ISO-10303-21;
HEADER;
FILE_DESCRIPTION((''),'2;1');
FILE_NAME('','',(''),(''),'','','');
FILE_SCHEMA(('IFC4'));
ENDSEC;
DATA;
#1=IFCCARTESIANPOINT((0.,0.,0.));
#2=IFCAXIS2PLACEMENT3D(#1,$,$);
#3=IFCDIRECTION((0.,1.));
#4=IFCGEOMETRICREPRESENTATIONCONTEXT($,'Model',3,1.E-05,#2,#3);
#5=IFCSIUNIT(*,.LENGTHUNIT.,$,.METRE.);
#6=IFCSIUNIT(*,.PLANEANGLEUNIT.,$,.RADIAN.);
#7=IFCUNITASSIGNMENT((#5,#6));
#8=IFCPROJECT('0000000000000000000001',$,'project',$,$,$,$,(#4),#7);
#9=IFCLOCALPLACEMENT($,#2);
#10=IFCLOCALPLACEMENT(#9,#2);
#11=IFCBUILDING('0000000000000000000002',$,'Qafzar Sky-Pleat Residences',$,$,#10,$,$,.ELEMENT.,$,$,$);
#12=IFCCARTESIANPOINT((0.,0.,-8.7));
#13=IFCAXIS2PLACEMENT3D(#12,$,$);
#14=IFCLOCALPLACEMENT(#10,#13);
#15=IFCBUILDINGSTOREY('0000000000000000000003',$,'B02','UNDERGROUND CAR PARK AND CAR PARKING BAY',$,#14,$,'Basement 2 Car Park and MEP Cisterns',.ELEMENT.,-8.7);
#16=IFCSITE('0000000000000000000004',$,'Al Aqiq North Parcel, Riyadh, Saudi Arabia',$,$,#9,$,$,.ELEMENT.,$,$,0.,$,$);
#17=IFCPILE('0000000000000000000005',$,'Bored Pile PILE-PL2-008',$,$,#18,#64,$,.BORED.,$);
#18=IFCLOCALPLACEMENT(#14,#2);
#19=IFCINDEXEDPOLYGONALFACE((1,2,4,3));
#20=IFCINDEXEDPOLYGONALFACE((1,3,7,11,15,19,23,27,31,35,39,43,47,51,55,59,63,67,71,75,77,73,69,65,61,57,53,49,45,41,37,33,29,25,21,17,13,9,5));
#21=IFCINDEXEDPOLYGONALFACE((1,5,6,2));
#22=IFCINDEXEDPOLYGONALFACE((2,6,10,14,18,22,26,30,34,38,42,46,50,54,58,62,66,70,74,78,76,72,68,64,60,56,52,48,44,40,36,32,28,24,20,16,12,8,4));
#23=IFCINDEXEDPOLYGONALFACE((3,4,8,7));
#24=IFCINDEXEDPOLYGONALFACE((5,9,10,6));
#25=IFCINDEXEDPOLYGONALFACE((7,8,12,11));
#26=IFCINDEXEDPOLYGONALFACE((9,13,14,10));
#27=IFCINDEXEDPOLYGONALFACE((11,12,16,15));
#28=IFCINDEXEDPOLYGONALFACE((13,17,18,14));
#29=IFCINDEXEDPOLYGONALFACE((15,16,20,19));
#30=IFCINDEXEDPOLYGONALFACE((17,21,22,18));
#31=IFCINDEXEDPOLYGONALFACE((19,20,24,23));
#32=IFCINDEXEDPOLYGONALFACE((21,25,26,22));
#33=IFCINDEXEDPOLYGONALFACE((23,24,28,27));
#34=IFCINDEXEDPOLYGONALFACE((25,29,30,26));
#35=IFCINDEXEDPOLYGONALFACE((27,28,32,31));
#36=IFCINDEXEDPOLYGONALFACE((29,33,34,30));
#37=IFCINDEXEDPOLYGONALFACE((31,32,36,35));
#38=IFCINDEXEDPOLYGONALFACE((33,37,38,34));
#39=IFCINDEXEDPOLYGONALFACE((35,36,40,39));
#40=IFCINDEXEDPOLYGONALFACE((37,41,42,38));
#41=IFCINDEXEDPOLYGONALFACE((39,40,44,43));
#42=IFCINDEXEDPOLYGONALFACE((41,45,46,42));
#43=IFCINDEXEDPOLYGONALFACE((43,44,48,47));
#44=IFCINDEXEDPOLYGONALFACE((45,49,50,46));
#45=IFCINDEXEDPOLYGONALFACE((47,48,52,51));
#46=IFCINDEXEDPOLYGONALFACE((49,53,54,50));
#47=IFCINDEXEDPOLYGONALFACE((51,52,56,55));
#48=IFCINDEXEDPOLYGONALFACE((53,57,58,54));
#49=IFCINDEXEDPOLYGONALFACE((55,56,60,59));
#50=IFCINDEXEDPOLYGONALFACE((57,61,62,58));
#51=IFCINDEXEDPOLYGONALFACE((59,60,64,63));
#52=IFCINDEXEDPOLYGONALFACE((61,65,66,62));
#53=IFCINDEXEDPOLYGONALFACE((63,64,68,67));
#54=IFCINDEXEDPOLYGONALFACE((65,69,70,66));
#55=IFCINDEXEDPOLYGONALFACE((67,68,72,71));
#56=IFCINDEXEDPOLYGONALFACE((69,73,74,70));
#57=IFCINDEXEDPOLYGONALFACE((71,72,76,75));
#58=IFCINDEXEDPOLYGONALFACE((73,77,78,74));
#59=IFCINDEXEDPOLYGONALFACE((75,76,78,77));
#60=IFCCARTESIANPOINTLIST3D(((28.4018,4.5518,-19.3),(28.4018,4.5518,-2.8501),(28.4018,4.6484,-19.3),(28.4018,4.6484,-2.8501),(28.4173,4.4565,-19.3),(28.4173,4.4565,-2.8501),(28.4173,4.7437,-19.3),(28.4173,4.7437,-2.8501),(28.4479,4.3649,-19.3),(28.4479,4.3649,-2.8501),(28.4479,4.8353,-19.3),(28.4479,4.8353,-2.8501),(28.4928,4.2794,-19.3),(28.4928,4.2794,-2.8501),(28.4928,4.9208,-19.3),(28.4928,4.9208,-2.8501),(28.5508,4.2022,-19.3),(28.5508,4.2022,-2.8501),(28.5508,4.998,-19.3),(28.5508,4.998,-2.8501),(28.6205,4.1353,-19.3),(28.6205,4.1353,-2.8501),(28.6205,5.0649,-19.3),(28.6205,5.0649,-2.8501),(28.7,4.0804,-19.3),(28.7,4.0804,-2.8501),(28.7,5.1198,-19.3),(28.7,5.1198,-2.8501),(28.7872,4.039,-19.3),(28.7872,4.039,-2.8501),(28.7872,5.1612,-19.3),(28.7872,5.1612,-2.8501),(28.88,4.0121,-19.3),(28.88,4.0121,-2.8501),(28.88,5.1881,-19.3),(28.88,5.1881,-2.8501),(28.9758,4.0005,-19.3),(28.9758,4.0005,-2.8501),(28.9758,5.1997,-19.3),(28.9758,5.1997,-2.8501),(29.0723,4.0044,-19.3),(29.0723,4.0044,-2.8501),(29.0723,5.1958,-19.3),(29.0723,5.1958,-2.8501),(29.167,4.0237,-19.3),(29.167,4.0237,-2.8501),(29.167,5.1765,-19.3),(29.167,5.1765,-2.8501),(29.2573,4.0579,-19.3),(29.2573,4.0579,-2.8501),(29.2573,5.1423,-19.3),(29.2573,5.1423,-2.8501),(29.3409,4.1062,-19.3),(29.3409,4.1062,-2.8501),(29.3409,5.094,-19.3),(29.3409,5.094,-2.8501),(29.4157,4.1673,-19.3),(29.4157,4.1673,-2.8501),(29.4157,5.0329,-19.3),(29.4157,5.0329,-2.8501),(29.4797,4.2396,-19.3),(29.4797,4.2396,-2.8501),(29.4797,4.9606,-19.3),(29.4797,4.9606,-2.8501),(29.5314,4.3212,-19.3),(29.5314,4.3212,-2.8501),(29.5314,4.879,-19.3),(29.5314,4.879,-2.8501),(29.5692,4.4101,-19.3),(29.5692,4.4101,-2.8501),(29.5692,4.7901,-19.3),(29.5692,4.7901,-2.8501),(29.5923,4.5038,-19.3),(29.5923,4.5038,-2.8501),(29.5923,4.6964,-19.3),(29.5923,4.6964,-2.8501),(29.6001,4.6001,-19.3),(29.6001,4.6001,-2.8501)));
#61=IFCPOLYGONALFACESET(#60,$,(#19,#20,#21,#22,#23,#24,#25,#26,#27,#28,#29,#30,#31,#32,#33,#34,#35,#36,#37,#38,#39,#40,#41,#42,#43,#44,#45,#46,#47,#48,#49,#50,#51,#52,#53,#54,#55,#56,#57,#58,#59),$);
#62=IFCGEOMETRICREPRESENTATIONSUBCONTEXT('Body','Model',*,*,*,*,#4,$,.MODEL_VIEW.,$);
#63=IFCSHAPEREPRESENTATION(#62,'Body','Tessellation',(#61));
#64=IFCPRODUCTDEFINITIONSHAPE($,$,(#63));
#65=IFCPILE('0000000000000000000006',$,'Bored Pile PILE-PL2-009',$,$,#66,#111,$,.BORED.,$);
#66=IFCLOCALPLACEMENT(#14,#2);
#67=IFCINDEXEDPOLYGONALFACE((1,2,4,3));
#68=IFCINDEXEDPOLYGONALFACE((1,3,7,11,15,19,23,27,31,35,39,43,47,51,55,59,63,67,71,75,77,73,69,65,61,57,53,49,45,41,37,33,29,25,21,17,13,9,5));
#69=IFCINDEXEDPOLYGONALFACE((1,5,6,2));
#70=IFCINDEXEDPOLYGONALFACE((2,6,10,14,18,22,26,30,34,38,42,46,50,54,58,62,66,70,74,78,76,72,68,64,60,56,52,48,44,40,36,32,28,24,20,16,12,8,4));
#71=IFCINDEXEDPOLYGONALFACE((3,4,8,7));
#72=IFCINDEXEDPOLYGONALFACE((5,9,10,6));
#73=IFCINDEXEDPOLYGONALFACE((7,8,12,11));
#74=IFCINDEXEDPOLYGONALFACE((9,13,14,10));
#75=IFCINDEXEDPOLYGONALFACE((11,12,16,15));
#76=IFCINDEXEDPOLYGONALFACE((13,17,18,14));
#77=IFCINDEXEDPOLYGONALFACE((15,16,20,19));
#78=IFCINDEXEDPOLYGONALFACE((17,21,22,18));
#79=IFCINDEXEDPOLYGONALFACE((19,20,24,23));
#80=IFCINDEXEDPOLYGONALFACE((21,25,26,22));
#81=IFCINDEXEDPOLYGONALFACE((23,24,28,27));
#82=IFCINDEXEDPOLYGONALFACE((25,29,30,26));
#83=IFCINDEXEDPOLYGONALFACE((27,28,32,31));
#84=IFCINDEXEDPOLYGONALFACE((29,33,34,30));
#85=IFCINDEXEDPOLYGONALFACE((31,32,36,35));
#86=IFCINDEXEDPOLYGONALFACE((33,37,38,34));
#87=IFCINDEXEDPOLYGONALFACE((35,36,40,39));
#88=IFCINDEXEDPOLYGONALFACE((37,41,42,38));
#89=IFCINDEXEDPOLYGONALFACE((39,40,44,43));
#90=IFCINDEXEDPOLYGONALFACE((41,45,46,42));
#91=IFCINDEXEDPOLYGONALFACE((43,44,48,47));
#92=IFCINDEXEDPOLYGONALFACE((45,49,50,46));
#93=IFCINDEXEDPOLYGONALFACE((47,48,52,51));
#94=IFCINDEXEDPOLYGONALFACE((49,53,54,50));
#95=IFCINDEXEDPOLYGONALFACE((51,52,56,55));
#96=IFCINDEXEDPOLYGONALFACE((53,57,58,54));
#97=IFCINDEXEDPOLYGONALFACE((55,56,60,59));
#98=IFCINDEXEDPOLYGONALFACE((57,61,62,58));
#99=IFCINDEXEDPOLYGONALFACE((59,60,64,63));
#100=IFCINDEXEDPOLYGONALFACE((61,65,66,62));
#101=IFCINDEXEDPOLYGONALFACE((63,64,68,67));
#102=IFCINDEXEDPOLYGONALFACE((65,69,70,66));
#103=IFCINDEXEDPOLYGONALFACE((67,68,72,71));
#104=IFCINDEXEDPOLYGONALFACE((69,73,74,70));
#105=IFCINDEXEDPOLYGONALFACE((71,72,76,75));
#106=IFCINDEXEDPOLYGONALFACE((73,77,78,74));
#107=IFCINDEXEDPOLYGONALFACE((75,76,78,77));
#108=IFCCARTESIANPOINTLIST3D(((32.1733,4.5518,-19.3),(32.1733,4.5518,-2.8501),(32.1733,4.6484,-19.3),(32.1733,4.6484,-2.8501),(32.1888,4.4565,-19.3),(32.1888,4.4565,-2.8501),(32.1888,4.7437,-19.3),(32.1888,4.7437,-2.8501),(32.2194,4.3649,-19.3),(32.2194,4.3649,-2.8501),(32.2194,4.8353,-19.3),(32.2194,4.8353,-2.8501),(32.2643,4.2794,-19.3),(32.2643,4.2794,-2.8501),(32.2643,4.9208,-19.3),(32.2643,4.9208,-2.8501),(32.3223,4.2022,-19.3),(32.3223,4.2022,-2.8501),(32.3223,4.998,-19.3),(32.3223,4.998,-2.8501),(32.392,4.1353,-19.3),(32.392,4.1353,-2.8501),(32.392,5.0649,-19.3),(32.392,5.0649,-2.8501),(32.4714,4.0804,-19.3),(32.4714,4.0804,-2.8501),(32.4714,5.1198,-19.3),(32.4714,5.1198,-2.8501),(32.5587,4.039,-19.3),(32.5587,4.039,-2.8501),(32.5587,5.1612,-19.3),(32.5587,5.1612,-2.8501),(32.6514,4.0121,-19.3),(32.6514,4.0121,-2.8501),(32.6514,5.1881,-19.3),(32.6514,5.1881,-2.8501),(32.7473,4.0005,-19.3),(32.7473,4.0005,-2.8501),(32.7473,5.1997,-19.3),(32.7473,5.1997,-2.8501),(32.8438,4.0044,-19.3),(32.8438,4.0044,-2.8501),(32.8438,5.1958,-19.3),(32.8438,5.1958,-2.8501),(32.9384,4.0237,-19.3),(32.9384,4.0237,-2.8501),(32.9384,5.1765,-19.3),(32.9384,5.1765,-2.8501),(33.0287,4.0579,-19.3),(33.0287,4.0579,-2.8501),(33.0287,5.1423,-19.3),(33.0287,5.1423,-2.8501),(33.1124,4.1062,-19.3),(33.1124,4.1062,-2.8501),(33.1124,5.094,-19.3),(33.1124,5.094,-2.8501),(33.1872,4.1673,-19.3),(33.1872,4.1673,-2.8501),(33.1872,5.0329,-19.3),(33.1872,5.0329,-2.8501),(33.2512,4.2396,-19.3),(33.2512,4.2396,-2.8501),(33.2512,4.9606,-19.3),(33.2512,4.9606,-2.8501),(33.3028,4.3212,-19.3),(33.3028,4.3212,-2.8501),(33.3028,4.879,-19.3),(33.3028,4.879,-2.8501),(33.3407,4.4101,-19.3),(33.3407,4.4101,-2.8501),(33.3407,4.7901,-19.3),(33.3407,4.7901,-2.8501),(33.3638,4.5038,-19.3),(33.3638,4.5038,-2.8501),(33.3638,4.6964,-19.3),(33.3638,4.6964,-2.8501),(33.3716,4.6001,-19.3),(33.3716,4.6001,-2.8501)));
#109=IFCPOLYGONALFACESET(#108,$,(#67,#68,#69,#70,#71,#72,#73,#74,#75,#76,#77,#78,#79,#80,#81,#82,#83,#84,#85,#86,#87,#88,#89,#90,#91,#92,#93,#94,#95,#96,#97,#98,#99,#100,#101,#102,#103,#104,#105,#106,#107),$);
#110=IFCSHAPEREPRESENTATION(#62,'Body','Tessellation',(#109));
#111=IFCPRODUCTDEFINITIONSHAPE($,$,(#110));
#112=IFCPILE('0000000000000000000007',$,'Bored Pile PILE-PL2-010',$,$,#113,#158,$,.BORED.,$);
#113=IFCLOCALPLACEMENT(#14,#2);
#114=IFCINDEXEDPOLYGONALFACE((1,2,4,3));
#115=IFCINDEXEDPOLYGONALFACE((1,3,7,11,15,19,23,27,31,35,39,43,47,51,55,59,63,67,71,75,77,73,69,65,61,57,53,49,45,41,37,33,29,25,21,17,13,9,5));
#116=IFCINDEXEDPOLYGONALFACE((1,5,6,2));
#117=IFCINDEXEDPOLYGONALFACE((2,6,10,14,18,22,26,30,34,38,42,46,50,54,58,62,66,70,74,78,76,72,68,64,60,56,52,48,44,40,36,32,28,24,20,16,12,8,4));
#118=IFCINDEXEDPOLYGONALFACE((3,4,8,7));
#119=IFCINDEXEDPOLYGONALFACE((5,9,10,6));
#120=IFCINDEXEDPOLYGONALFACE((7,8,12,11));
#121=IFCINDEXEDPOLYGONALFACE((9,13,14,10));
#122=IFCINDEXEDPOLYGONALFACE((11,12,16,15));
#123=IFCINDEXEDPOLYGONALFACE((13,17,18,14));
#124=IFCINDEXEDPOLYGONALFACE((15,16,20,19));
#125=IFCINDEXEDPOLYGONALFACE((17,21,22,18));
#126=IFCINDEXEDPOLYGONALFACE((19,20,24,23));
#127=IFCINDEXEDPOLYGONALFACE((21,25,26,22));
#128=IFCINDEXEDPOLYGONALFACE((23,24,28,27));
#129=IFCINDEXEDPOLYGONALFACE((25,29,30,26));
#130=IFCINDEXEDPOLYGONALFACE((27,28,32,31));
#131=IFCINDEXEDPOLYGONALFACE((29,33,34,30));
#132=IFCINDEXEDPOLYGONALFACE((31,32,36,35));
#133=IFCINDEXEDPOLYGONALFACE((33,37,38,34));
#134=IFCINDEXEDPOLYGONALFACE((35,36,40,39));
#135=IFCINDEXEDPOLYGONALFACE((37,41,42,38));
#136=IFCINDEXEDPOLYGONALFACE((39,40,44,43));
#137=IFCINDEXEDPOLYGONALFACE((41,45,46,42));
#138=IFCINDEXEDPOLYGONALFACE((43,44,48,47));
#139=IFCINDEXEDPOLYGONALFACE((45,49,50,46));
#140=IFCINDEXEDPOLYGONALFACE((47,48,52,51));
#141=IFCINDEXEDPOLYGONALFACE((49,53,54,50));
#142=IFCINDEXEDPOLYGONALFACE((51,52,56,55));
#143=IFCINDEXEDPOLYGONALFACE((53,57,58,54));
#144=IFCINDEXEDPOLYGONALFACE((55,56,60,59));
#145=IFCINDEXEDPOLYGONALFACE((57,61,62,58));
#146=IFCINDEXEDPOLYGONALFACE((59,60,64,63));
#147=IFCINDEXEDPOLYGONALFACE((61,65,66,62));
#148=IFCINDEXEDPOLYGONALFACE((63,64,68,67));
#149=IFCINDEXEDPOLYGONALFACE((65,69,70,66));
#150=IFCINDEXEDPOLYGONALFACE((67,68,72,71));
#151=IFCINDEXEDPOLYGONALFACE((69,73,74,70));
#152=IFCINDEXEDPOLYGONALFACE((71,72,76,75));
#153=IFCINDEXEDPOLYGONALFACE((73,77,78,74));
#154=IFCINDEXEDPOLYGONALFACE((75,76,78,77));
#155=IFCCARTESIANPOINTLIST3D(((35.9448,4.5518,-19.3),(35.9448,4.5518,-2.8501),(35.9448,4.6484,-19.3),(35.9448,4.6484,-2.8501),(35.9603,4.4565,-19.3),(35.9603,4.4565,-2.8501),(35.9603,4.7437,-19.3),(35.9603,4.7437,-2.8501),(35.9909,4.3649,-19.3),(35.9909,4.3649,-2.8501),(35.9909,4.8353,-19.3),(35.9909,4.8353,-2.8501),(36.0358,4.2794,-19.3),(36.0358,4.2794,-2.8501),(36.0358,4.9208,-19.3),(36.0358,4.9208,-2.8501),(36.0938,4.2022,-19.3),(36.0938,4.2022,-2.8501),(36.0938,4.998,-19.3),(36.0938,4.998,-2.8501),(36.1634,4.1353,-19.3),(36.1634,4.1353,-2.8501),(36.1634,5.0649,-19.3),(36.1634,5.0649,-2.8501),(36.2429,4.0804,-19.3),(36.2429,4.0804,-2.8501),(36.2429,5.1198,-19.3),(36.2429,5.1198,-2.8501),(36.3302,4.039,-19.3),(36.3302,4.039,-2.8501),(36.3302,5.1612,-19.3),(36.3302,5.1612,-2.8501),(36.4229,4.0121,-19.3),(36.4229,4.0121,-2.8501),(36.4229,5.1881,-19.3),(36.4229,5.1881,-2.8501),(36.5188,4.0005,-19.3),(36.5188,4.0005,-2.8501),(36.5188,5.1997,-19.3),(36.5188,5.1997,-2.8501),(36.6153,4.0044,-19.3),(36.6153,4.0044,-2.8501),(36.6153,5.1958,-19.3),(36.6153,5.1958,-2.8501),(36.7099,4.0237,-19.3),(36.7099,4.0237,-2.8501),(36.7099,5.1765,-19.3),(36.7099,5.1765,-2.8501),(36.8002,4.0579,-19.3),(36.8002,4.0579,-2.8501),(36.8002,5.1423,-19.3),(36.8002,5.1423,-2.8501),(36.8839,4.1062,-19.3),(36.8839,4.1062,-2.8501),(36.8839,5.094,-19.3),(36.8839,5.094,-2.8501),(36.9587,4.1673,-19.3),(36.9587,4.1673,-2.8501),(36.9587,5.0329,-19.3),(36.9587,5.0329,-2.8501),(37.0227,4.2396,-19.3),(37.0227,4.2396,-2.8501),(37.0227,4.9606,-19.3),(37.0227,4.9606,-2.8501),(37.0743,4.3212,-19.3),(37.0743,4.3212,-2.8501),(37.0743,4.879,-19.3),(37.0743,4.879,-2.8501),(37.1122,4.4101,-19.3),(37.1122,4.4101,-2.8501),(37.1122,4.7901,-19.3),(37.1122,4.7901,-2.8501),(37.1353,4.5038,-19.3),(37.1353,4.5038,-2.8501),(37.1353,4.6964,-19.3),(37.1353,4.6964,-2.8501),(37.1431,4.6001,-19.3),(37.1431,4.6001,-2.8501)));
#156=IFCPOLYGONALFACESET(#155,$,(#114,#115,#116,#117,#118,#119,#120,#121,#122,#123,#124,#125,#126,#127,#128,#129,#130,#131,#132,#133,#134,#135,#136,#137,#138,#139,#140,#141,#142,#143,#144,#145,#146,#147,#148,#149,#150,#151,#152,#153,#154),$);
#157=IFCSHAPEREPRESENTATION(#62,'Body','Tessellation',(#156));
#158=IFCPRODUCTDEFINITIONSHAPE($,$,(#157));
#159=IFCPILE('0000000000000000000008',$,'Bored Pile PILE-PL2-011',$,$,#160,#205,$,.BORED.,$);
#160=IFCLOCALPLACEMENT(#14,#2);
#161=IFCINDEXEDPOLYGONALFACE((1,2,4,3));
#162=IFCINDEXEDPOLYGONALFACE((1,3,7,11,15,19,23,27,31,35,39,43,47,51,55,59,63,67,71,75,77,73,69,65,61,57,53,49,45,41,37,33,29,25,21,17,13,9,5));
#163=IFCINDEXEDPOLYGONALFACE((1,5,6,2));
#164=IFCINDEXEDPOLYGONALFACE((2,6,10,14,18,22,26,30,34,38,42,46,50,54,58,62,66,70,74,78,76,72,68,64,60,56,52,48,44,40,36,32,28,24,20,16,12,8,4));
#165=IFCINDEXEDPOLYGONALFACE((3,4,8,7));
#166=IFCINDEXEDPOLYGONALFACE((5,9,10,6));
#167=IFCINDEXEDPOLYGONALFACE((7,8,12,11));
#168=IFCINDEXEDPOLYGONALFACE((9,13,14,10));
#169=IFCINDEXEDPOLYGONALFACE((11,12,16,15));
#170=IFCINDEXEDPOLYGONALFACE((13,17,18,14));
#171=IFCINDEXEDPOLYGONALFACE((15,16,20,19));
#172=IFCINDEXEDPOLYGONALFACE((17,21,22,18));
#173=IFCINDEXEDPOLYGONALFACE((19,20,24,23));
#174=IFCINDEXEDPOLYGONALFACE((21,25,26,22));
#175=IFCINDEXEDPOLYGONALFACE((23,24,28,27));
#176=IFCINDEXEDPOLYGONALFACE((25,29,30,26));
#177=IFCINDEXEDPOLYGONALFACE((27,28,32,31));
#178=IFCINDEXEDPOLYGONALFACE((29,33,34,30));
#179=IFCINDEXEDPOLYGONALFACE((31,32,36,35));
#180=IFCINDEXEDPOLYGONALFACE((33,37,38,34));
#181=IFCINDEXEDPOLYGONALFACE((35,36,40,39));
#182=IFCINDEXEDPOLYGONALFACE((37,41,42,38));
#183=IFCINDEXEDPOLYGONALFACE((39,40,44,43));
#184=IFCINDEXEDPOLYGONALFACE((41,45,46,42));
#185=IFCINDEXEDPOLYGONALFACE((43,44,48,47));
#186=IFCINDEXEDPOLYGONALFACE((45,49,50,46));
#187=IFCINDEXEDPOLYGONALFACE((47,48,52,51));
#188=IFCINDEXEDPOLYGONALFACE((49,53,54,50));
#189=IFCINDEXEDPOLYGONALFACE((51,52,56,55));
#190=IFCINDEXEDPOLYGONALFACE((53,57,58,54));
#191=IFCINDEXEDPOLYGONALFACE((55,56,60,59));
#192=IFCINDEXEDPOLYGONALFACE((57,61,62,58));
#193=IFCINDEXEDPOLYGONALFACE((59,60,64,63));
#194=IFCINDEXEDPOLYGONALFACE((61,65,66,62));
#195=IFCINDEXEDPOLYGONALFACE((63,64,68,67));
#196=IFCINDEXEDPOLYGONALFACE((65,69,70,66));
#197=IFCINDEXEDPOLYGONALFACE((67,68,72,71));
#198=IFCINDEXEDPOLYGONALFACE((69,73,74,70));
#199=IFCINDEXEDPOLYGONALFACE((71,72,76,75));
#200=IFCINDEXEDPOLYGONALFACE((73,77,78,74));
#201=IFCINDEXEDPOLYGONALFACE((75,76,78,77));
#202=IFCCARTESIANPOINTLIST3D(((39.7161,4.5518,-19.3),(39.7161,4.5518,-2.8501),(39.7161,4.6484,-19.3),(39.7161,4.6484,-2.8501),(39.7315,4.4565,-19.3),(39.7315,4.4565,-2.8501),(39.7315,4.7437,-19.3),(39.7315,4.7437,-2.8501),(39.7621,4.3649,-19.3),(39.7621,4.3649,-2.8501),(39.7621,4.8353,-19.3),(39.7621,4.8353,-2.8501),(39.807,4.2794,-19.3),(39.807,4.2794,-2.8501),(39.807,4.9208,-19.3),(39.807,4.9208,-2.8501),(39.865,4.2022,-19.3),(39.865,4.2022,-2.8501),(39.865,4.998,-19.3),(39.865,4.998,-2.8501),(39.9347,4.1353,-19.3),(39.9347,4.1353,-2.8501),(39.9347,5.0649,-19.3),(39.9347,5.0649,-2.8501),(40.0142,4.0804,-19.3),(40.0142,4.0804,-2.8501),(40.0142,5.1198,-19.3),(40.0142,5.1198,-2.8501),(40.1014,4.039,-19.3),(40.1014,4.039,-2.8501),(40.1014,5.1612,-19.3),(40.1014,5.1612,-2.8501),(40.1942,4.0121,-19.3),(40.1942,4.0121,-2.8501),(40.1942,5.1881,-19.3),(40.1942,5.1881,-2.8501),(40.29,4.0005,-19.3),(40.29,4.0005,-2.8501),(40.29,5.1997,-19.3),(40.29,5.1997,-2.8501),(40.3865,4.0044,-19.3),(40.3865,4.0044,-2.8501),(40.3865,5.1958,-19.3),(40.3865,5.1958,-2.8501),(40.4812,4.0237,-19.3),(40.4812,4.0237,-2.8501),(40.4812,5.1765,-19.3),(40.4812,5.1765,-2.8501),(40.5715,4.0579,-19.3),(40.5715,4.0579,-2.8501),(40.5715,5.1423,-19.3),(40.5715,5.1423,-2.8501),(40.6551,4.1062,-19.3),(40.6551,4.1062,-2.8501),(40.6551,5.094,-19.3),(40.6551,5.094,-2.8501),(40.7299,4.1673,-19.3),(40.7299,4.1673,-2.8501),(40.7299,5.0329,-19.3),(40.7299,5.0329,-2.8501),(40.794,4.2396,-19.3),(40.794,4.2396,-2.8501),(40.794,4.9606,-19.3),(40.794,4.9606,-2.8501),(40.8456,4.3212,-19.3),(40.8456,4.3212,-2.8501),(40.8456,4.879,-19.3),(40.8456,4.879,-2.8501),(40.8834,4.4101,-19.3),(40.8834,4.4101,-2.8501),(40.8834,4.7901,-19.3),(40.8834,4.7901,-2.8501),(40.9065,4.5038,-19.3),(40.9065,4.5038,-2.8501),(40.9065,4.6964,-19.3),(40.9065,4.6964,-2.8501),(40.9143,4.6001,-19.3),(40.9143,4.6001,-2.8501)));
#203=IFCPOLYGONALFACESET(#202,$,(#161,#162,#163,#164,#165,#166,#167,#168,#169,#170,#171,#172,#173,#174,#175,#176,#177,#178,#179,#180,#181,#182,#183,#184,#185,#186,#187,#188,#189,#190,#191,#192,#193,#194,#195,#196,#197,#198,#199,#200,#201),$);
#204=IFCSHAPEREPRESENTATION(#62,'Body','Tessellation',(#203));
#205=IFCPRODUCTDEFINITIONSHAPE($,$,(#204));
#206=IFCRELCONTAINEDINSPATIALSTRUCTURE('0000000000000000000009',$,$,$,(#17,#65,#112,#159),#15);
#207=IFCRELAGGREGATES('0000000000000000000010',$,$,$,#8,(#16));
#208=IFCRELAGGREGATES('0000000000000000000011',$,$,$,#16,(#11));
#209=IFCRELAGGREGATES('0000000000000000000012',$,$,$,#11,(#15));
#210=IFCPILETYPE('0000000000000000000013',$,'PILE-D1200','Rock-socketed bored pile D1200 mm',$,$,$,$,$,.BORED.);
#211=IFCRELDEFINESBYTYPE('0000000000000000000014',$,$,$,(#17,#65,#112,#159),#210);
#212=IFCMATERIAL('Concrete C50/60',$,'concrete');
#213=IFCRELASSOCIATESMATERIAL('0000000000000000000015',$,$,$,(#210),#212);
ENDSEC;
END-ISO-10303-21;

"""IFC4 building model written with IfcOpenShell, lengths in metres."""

from ifc_helpers import new_model, si_unit, direction, frame, origin, origin_2d, place, context, subcontext, project, spatial, circle, extrude, source, transform, mapped, material, material_profile, profile_set, type_object, element, save


model = new_model("IFC4")

# Units and contexts
model_context = context("Model", 3, precision=1e-05, world=origin(), true_north=direction((0.0, 1.0)))
body_context = subcontext(model_context, "Body", "Model", "MODEL_VIEW")
ifc_project = project(units=[si_unit("LENGTHUNIT", "METRE"), si_unit("PLANEANGLEUNIT", "RADIAN")], contexts=[model_context])

# Site, building, storey
site_placement = place(None, origin())
site = spatial("IfcSite", under=ifc_project, at=site_placement, Name="Al Aqiq North Parcel, Riyadh, Saudi Arabia", CompositionType="ELEMENT", RefElevation=0.0)
building_placement = place(site_placement, origin())
building = spatial("IfcBuilding", under=site, at=building_placement, Name="Qafzar Sky-Pleat Residences", CompositionType="ELEMENT")
storey_placement = place(building_placement, frame((0.0, 0.0, -8.7)))
storey = spatial("IfcBuildingStorey", under=building, at=storey_placement, Name="B02", Description="UNDERGROUND CAR PARK AND CAR PARKING BAY", LongName="Basement 2 Car Park and MEP Cisterns", CompositionType="ELEMENT", Elevation=-8.7)

# Piles
ifc_material_1 = material(Name="Concrete C50/60", Category="concrete")
ifc_material_profile_1 = material_profile(ifc_material_1, circle(Radius=0.6001, at=origin_2d()), Name="PILE D1200")
ifc_profile_set_1 = profile_set([ifc_material_profile_1], Name="Concrete C50/60")
pile_type_1 = type_object("IfcPileType", Name="PILE-D1200", Description="Rock-socketed bored pile D1200 mm", PredefinedType="BORED", material=ifc_profile_set_1)
shared_shape_1 = source(origin(), body_context, "Body", "SweptSolid", [
    extrude(circle(Radius=0.6001, at=origin_2d()), origin(), (0.0, 0.0, 1.0), 16.45),
])
for number, where, z_axis, x_axis, name in (
    (1, (29.0, 4.6001, -2.8501), (0.0, 0.0, -1.0), (1.0, 0.0, 0.0), "Bored Pile PILE-PL2-008"),
    (2, (32.7715, 4.6001, -2.8501), (0.0, 0.0, -1.0), (1.0, 0.0, 0.0), "Bored Pile PILE-PL2-009"),
    (3, (36.543, 4.6001, -2.8501), (0.0, 0.0, -1.0), (1.0, 0.0, 0.0), "Bored Pile PILE-PL2-010"),
    (4, (40.3142, 4.6001, -2.8501), (0.0, 0.0, -1.0), (1.0, 0.0, 0.0), "Bored Pile PILE-PL2-011"),
):
    element("IfcPile", number, at=place(storey_placement, frame(where, z_axis=z_axis, x_axis=x_axis)), inside=storey, type_object=pile_type_1, Name=name, PredefinedType="BORED", context=body_context, shape_type="MappedRepresentation", body=[
        mapped(shared_shape_1, transform((0.0, 0.0, 0.0), x_axis=(1.0, 0.0, 0.0), y_axis=(0.0, 1.0, 0.0), z_axis=(0.0, 0.0, 1.0), scale=1.0)),
    ])

save(model, "model.ifc")
